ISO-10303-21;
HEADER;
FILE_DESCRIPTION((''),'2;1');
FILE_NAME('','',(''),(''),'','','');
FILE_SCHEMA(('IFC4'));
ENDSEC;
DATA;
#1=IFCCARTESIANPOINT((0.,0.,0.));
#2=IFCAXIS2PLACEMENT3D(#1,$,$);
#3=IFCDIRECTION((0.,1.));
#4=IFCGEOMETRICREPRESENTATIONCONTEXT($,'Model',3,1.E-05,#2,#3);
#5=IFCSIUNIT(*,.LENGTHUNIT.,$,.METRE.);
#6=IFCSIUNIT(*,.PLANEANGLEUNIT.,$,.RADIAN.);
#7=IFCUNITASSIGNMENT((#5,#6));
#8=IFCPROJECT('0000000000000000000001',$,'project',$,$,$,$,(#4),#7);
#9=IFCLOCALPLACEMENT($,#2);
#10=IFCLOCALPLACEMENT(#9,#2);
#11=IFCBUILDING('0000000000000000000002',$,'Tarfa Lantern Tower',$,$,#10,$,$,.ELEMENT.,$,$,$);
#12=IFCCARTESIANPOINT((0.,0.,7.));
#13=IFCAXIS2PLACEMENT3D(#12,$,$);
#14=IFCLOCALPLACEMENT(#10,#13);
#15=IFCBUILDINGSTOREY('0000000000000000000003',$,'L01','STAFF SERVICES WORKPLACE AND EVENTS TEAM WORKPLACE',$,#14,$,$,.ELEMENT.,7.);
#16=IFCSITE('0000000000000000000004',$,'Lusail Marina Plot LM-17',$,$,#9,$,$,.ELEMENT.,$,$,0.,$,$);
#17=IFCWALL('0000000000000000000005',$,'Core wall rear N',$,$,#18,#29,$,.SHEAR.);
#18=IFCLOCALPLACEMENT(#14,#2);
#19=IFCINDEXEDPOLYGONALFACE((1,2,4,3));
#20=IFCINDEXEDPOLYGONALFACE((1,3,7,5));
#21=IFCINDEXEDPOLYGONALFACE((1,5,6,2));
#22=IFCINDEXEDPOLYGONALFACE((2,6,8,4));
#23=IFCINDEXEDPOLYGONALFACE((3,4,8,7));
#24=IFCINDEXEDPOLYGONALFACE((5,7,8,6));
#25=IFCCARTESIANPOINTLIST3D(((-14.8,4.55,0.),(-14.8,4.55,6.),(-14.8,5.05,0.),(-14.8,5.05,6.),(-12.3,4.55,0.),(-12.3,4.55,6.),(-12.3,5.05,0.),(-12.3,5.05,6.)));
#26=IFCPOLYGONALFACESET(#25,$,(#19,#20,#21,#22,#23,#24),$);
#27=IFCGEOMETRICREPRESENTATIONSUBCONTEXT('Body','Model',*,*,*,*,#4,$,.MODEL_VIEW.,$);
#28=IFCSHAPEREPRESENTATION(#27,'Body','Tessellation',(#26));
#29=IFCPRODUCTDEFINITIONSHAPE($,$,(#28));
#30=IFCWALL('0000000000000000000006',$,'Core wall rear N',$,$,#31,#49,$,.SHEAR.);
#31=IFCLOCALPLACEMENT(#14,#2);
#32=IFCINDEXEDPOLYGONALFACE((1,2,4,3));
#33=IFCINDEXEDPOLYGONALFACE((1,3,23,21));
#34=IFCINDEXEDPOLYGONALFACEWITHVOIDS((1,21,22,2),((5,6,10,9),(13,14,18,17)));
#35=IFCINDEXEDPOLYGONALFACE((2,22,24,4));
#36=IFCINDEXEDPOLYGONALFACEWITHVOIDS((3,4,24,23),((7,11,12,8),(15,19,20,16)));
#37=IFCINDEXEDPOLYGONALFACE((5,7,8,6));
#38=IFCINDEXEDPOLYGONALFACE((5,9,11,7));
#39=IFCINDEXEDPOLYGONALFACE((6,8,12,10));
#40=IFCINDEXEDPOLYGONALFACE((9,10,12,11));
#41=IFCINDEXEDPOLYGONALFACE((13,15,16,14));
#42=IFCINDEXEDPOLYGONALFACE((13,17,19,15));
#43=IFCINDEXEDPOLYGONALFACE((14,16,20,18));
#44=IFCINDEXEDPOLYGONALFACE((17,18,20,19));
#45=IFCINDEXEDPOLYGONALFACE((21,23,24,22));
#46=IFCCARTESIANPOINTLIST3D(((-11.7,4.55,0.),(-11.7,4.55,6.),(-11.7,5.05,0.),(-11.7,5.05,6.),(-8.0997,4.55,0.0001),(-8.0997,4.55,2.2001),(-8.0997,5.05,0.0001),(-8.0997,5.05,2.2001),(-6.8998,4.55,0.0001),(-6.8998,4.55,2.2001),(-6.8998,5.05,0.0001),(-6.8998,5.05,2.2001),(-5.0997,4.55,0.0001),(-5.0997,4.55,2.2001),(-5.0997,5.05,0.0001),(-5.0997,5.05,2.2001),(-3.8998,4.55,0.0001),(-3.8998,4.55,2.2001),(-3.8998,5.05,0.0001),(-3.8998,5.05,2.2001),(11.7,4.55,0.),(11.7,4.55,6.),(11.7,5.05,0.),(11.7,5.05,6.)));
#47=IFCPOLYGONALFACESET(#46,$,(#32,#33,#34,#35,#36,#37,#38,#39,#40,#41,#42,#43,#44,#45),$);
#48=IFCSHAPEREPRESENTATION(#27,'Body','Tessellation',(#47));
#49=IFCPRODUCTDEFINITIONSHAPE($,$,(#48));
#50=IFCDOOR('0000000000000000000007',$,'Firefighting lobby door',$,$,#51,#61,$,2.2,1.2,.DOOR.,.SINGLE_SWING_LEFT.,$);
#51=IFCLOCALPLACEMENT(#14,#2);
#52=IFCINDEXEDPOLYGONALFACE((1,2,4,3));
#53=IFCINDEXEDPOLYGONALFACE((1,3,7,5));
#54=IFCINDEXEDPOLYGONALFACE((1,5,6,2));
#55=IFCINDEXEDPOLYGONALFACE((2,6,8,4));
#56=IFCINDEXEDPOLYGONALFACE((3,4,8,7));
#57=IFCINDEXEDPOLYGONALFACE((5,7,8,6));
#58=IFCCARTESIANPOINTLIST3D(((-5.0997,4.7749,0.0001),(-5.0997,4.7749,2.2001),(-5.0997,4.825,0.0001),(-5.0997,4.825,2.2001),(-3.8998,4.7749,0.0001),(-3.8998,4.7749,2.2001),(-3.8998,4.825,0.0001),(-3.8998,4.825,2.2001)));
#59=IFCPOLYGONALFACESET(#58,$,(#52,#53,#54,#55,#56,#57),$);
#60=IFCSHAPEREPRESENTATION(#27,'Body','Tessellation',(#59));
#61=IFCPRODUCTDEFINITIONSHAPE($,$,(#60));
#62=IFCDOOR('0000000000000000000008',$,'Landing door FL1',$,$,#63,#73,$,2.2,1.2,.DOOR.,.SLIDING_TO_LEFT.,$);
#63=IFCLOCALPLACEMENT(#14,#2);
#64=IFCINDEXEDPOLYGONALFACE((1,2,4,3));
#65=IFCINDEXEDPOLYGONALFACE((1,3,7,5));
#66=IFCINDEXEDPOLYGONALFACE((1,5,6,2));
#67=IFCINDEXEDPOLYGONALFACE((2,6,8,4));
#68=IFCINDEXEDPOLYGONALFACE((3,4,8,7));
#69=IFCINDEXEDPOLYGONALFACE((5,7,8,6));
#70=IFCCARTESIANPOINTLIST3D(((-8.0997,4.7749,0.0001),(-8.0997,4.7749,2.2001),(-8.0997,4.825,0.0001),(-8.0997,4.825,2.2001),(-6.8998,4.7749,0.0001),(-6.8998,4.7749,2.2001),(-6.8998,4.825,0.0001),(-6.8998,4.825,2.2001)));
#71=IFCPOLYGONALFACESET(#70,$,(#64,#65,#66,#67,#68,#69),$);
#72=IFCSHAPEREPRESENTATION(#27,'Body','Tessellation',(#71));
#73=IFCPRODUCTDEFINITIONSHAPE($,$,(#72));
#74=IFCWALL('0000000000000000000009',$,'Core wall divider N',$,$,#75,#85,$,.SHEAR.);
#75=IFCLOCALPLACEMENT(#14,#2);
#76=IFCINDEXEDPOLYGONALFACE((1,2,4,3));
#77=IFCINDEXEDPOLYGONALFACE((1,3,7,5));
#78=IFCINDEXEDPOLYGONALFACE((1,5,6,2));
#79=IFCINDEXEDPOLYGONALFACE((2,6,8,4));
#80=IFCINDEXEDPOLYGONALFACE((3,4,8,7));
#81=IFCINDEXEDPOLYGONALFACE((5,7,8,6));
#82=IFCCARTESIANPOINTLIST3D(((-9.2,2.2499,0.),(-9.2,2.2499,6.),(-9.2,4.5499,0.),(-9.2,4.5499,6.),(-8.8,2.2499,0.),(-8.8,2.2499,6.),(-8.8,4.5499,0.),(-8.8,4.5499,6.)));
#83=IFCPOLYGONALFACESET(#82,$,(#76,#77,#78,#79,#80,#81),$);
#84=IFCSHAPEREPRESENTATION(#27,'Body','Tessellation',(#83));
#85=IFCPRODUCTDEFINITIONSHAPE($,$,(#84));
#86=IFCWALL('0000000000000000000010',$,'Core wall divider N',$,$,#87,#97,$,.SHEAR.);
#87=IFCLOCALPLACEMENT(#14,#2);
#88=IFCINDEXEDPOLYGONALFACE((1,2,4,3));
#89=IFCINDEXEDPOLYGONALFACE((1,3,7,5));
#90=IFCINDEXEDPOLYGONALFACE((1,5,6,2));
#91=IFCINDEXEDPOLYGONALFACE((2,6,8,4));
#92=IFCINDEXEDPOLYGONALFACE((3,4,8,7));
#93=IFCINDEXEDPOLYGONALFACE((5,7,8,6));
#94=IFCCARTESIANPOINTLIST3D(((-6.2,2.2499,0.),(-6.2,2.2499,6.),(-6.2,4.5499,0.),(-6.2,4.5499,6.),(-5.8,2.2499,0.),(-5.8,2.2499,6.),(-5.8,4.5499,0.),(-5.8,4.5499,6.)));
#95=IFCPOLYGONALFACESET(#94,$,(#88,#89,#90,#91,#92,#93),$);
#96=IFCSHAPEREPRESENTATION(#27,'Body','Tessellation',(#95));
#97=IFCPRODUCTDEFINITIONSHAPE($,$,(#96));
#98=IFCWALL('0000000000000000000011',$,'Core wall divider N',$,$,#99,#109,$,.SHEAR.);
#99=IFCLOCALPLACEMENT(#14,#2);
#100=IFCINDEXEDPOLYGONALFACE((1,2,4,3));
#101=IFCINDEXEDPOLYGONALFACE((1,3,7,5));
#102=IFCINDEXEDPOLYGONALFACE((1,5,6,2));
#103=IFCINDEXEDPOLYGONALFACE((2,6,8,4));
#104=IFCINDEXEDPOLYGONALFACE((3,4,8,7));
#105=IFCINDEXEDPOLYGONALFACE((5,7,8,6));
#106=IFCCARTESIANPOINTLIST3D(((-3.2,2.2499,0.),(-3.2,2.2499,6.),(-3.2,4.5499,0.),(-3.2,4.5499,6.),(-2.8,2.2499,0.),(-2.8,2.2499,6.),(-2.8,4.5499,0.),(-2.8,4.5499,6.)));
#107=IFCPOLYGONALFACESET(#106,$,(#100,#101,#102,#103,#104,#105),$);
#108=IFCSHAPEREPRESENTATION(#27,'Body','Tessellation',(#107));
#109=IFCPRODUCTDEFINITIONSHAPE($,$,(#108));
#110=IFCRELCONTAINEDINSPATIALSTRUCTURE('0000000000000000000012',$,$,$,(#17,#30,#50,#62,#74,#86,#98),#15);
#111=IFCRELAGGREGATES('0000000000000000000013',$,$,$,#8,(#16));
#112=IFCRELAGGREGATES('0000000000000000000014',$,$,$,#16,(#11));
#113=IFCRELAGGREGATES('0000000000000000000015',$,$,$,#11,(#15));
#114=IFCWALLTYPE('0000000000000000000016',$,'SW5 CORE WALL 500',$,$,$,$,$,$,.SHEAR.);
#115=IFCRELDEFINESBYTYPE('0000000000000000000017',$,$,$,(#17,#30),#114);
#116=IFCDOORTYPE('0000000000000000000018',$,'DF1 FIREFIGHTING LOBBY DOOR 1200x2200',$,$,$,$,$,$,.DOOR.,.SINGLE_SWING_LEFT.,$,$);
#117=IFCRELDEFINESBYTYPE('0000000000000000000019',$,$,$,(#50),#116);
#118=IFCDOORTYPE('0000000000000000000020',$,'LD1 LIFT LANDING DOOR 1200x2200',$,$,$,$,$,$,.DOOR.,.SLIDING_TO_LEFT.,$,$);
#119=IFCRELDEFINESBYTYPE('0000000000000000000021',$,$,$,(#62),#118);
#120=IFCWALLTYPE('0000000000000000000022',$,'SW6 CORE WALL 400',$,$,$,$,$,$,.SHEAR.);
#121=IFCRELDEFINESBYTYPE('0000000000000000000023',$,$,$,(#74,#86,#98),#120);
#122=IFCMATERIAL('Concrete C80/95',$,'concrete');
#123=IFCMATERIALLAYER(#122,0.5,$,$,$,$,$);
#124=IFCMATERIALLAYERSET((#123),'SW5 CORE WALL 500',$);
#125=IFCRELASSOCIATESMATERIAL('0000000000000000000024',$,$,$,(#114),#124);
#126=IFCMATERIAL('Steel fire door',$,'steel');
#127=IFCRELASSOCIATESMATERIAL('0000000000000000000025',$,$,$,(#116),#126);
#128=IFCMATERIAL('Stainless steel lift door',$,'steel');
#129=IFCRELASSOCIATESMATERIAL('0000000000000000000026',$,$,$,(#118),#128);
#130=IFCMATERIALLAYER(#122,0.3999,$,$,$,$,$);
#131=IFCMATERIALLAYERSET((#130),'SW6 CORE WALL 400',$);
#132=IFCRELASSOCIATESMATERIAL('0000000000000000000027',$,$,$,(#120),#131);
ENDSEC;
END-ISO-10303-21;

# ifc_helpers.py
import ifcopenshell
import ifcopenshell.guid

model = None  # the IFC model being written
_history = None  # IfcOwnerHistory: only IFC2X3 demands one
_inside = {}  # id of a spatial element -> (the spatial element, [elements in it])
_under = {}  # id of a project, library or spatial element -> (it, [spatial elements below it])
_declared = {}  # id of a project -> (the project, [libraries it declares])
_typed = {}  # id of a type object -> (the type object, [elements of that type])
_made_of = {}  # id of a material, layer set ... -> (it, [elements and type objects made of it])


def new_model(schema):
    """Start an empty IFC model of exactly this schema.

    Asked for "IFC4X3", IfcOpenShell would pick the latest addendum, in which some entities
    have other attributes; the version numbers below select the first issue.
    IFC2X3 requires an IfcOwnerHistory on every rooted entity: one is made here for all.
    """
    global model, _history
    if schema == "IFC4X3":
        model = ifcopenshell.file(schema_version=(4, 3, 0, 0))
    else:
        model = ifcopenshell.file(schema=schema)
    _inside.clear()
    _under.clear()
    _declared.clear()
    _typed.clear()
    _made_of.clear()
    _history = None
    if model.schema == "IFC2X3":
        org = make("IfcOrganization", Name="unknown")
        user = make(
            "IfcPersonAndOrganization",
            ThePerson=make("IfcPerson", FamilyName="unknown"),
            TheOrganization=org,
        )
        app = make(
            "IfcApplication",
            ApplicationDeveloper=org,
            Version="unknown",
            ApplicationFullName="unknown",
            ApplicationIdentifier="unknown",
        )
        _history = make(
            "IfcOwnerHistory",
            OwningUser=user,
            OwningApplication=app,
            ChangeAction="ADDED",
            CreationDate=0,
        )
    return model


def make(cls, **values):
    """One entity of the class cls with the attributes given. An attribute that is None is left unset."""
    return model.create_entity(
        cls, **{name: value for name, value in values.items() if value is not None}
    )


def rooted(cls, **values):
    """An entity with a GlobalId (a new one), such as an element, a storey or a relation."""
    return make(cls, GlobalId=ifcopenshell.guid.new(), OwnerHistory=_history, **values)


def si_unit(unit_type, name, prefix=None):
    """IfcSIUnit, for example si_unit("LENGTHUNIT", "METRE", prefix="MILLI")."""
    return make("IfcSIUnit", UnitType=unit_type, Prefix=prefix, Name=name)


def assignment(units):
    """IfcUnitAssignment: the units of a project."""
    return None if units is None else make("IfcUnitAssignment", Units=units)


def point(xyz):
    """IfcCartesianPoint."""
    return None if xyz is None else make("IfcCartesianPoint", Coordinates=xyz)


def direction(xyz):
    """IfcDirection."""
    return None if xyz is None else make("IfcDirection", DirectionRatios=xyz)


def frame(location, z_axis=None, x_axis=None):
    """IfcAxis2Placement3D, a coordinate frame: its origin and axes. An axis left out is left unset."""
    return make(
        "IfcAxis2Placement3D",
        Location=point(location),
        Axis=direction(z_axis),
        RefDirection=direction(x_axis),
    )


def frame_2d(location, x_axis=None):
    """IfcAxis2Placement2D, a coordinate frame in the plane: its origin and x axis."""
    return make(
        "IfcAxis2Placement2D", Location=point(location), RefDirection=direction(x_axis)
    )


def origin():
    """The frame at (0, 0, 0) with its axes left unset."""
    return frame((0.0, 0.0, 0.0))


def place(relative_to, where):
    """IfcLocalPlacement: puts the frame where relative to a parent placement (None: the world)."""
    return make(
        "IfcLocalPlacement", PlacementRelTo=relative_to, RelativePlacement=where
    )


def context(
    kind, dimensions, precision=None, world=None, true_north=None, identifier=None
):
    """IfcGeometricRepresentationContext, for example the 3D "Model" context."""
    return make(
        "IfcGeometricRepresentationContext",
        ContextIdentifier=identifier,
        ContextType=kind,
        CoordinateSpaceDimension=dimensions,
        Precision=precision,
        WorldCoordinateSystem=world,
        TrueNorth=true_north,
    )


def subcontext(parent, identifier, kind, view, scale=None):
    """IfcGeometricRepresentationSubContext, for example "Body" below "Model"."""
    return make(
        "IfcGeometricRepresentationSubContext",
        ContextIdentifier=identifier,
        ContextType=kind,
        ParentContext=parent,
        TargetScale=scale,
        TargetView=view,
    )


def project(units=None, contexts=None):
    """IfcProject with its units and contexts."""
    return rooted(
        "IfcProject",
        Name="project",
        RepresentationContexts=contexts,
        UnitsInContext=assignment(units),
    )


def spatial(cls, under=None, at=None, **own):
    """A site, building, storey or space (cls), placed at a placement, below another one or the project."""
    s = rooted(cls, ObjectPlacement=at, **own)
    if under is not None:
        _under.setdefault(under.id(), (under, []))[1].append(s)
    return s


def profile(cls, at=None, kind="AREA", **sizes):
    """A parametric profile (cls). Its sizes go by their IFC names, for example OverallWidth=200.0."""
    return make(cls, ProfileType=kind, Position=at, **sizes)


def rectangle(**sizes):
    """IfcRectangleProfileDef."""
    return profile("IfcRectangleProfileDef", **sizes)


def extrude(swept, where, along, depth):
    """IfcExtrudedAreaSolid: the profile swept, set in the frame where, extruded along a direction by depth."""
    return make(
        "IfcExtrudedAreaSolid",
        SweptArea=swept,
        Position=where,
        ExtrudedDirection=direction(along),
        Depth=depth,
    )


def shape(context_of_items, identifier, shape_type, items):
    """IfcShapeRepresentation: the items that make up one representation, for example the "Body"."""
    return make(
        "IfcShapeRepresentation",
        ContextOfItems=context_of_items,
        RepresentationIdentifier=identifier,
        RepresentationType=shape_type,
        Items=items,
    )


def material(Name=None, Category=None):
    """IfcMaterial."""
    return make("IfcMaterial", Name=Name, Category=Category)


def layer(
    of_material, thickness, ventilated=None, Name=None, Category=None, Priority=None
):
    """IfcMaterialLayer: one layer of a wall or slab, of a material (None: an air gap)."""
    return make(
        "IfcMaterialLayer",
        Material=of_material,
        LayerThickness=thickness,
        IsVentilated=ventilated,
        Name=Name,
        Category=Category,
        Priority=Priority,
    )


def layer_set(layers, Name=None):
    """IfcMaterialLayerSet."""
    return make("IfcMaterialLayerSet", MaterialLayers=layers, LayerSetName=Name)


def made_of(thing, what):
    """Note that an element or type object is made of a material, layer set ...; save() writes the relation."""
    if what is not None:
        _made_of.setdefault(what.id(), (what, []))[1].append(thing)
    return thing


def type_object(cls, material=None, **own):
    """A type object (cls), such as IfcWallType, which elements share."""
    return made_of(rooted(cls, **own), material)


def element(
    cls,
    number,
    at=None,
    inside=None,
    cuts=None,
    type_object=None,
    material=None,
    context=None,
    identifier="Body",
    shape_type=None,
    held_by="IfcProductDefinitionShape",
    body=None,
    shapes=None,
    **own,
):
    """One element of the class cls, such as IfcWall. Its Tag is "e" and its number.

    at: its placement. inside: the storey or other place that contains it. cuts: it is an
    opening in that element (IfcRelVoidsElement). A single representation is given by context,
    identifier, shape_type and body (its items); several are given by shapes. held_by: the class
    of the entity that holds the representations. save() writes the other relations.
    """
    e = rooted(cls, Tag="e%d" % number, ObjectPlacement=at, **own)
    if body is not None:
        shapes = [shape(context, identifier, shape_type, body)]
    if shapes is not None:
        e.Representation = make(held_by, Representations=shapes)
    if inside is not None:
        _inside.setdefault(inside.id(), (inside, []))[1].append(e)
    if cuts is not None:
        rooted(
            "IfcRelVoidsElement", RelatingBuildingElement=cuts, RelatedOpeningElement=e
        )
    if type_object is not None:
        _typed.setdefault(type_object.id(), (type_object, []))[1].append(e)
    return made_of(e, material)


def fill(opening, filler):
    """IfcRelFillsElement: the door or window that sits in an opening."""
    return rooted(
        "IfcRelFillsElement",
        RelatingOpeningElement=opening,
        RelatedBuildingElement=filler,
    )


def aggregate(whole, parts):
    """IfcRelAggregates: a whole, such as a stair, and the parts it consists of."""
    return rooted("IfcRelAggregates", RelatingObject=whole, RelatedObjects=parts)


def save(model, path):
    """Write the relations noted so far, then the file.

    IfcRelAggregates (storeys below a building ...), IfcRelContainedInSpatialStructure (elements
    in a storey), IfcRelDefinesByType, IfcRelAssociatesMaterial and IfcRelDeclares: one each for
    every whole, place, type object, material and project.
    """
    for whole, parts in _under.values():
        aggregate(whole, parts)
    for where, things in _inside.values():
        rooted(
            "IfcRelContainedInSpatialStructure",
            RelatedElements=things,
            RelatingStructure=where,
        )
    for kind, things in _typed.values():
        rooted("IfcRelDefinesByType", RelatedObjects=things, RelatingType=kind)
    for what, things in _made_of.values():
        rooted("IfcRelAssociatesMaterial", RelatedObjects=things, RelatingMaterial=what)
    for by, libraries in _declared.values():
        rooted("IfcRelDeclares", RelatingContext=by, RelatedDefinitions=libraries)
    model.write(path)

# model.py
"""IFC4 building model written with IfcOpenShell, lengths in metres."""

from ifc_helpers import new_model, si_unit, direction, frame, frame_2d, origin, place, context, subcontext, project, spatial, rectangle, extrude, material, layer, layer_set, type_object, element, fill, save


model = new_model("IFC4")

# Units and contexts
model_context = context("Model", 3, precision=1e-05, world=origin(), true_north=direction((0.0, 1.0)))
body_context = subcontext(model_context, "Body", "Model", "MODEL_VIEW")
ifc_project = project(units=[si_unit("LENGTHUNIT", "METRE"), si_unit("PLANEANGLEUNIT", "RADIAN")], contexts=[model_context])

# Site, building, storey
site_placement = place(None, origin())
site = spatial("IfcSite", under=ifc_project, at=site_placement, Name="Lusail Marina Plot LM-17", CompositionType="ELEMENT", RefElevation=0.0)
building_placement = place(site_placement, origin())
building = spatial("IfcBuilding", under=site, at=building_placement, Name="Tarfa Lantern Tower", CompositionType="ELEMENT")
storey_placement = place(building_placement, frame((0.0, 0.0, 7.0)))
storey = spatial("IfcBuildingStorey", under=building, at=storey_placement, Name="L01", Description="STAFF SERVICES WORKPLACE AND EVENTS TEAM WORKPLACE", CompositionType="ELEMENT", Elevation=7.0)

# Shared definitions
ifc_material_1 = material(Name="Concrete C80/95", Category="concrete")

# Shared definitions
ifc_material_2 = material(Name="Steel fire door", Category="steel")

# Shared definitions
ifc_layer_1 = layer(ifc_material_1, 0.5)
ifc_layer_set_1 = layer_set([ifc_layer_1], Name="SW5 CORE WALL 500")
wall_type_1 = type_object("IfcWallType", Name="SW5 CORE WALL 500", PredefinedType="SHEAR", material=ifc_layer_set_1)

# Shared definitions
ifc_material_3 = material(Name="Stainless steel lift door", Category="steel")

# Wall
wall_1_placement = place(storey_placement, frame((-14.8, 4.8, 0.0), z_axis=(0.0, 0.0, 1.0), x_axis=(1.0, 0.0, 0.0)))
element("IfcWall", 1, at=wall_1_placement, inside=storey, type_object=wall_type_1, Name="Core wall rear N", PredefinedType="SHEAR", context=body_context, shape_type="SweptSolid", body=[
    extrude(rectangle(XDim=2.5, YDim=0.5, at=frame_2d((1.25, 0.0))), origin(), (0.0, 0.0, 1.0), 6.0),
])

# Wall, openings, doors
wall_2_placement = place(storey_placement, frame((-11.7, 4.8, 0.0), z_axis=(0.0, 0.0, 1.0), x_axis=(1.0, 0.0, 0.0)))
wall_2 = element("IfcWall", 2, at=wall_2_placement, inside=storey, type_object=wall_type_1, Name="Core wall rear N", PredefinedType="SHEAR", context=body_context, shape_type="SweptSolid", body=[
    extrude(rectangle(XDim=23.3999, YDim=0.5, at=frame_2d((11.7, 0.0))), origin(), (0.0, 0.0, 1.0), 6.0),
])
opening_1_placement = place(wall_2_placement, frame((6.6001, 0.0, 0.0)))
opening_1 = element("IfcOpeningElement", 3, at=opening_1_placement, cuts=wall_2, PredefinedType="OPENING", context=body_context, shape_type="SweptSolid", body=[
    extrude(rectangle(XDim=1.2, YDim=2.2, at=frame_2d((0.6001, 1.1001))), frame((0.0, 0.26, 0.0), z_axis=(0.0, -1.0, 0.0), x_axis=(1.0, 0.0, 0.0)), (0.0, 0.0, 1.0), 0.52),
])
opening_2_placement = place(wall_2_placement, frame((3.6001, 0.0, 0.0)))
opening_2 = element("IfcOpeningElement", 4, at=opening_2_placement, cuts=wall_2, PredefinedType="OPENING", context=body_context, shape_type="SweptSolid", body=[
    extrude(rectangle(XDim=1.2, YDim=2.2, at=frame_2d((0.6001, 1.1001))), frame((0.0, 0.26, 0.0), z_axis=(0.0, -1.0, 0.0), x_axis=(1.0, 0.0, 0.0)), (0.0, 0.0, 1.0), 0.52),
])
door_type_1 = type_object("IfcDoorType", Name="DF1 FIREFIGHTING LOBBY DOOR 1200x2200", OperationType="SINGLE_SWING_LEFT", PredefinedType="DOOR", material=ifc_material_2)
door_1_placement = place(opening_1_placement, origin())
door_1 = element("IfcDoor", 5, at=door_1_placement, inside=storey, type_object=door_type_1, Name="Firefighting lobby door", OperationType="SINGLE_SWING_LEFT", OverallHeight=2.2, OverallWidth=1.2, PredefinedType="DOOR", context=body_context, shape_type="SweptSolid", body=[
    extrude(rectangle(XDim=1.2, YDim=2.2, at=frame_2d((0.6001, 1.1001))), frame((0.0, 0.0249, 0.0), z_axis=(0.0, -1.0, 0.0), x_axis=(1.0, 0.0, 0.0)), (0.0, 0.0, 1.0), 0.05),
])
fill(opening_1, door_1)
door_type_2 = type_object("IfcDoorType", Name="LD1 LIFT LANDING DOOR 1200x2200", OperationType="SLIDING_TO_LEFT", PredefinedType="DOOR", material=ifc_material_3)
door_2_placement = place(opening_2_placement, origin())
door_2 = element("IfcDoor", 6, at=door_2_placement, inside=storey, type_object=door_type_2, Name="Landing door FL1", OperationType="SLIDING_TO_LEFT", OverallHeight=2.2, OverallWidth=1.2, PredefinedType="DOOR", context=body_context, shape_type="SweptSolid", body=[
    extrude(rectangle(XDim=1.2, YDim=2.2, at=frame_2d((0.6001, 1.1001))), frame((0.0, 0.0249, 0.0), z_axis=(0.0, -1.0, 0.0), x_axis=(1.0, 0.0, 0.0)), (0.0, 0.0, 1.0), 0.05),
])
fill(opening_2, door_2)

# Walls
ifc_layer_2 = layer(ifc_material_1, 0.3999)
ifc_layer_set_2 = layer_set([ifc_layer_2], Name="SW6 CORE WALL 400")
wall_type_2 = type_object("IfcWallType", Name="SW6 CORE WALL 400", PredefinedType="SHEAR", material=ifc_layer_set_2)
for number, where, z_axis, x_axis, name in (
    (7, (-9.0, 2.25, 0.0), (0.0, 0.0, 1.0), (0.0, 1.0, 0.0), "Core wall divider N"),
    (8, (-6.0, 2.25, 0.0), (0.0, 0.0, 1.0), (0.0, 1.0, 0.0), "Core wall divider N"),
    (9, (-3.0, 2.25, 0.0), (0.0, 0.0, 1.0), (0.0, 1.0, 0.0), "Core wall divider N"),
):
    element("IfcWall", number, at=place(storey_placement, frame(where, z_axis=z_axis, x_axis=x_axis)), inside=storey, type_object=wall_type_2, Name=name, PredefinedType="SHEAR", context=body_context, shape_type="SweptSolid", body=[
        extrude(rectangle(XDim=2.3, YDim=0.3999, at=frame_2d((1.1499, 0.0))), origin(), (0.0, 0.0, 1.0), 6.0),
    ])

save(model, "model.ifc")
